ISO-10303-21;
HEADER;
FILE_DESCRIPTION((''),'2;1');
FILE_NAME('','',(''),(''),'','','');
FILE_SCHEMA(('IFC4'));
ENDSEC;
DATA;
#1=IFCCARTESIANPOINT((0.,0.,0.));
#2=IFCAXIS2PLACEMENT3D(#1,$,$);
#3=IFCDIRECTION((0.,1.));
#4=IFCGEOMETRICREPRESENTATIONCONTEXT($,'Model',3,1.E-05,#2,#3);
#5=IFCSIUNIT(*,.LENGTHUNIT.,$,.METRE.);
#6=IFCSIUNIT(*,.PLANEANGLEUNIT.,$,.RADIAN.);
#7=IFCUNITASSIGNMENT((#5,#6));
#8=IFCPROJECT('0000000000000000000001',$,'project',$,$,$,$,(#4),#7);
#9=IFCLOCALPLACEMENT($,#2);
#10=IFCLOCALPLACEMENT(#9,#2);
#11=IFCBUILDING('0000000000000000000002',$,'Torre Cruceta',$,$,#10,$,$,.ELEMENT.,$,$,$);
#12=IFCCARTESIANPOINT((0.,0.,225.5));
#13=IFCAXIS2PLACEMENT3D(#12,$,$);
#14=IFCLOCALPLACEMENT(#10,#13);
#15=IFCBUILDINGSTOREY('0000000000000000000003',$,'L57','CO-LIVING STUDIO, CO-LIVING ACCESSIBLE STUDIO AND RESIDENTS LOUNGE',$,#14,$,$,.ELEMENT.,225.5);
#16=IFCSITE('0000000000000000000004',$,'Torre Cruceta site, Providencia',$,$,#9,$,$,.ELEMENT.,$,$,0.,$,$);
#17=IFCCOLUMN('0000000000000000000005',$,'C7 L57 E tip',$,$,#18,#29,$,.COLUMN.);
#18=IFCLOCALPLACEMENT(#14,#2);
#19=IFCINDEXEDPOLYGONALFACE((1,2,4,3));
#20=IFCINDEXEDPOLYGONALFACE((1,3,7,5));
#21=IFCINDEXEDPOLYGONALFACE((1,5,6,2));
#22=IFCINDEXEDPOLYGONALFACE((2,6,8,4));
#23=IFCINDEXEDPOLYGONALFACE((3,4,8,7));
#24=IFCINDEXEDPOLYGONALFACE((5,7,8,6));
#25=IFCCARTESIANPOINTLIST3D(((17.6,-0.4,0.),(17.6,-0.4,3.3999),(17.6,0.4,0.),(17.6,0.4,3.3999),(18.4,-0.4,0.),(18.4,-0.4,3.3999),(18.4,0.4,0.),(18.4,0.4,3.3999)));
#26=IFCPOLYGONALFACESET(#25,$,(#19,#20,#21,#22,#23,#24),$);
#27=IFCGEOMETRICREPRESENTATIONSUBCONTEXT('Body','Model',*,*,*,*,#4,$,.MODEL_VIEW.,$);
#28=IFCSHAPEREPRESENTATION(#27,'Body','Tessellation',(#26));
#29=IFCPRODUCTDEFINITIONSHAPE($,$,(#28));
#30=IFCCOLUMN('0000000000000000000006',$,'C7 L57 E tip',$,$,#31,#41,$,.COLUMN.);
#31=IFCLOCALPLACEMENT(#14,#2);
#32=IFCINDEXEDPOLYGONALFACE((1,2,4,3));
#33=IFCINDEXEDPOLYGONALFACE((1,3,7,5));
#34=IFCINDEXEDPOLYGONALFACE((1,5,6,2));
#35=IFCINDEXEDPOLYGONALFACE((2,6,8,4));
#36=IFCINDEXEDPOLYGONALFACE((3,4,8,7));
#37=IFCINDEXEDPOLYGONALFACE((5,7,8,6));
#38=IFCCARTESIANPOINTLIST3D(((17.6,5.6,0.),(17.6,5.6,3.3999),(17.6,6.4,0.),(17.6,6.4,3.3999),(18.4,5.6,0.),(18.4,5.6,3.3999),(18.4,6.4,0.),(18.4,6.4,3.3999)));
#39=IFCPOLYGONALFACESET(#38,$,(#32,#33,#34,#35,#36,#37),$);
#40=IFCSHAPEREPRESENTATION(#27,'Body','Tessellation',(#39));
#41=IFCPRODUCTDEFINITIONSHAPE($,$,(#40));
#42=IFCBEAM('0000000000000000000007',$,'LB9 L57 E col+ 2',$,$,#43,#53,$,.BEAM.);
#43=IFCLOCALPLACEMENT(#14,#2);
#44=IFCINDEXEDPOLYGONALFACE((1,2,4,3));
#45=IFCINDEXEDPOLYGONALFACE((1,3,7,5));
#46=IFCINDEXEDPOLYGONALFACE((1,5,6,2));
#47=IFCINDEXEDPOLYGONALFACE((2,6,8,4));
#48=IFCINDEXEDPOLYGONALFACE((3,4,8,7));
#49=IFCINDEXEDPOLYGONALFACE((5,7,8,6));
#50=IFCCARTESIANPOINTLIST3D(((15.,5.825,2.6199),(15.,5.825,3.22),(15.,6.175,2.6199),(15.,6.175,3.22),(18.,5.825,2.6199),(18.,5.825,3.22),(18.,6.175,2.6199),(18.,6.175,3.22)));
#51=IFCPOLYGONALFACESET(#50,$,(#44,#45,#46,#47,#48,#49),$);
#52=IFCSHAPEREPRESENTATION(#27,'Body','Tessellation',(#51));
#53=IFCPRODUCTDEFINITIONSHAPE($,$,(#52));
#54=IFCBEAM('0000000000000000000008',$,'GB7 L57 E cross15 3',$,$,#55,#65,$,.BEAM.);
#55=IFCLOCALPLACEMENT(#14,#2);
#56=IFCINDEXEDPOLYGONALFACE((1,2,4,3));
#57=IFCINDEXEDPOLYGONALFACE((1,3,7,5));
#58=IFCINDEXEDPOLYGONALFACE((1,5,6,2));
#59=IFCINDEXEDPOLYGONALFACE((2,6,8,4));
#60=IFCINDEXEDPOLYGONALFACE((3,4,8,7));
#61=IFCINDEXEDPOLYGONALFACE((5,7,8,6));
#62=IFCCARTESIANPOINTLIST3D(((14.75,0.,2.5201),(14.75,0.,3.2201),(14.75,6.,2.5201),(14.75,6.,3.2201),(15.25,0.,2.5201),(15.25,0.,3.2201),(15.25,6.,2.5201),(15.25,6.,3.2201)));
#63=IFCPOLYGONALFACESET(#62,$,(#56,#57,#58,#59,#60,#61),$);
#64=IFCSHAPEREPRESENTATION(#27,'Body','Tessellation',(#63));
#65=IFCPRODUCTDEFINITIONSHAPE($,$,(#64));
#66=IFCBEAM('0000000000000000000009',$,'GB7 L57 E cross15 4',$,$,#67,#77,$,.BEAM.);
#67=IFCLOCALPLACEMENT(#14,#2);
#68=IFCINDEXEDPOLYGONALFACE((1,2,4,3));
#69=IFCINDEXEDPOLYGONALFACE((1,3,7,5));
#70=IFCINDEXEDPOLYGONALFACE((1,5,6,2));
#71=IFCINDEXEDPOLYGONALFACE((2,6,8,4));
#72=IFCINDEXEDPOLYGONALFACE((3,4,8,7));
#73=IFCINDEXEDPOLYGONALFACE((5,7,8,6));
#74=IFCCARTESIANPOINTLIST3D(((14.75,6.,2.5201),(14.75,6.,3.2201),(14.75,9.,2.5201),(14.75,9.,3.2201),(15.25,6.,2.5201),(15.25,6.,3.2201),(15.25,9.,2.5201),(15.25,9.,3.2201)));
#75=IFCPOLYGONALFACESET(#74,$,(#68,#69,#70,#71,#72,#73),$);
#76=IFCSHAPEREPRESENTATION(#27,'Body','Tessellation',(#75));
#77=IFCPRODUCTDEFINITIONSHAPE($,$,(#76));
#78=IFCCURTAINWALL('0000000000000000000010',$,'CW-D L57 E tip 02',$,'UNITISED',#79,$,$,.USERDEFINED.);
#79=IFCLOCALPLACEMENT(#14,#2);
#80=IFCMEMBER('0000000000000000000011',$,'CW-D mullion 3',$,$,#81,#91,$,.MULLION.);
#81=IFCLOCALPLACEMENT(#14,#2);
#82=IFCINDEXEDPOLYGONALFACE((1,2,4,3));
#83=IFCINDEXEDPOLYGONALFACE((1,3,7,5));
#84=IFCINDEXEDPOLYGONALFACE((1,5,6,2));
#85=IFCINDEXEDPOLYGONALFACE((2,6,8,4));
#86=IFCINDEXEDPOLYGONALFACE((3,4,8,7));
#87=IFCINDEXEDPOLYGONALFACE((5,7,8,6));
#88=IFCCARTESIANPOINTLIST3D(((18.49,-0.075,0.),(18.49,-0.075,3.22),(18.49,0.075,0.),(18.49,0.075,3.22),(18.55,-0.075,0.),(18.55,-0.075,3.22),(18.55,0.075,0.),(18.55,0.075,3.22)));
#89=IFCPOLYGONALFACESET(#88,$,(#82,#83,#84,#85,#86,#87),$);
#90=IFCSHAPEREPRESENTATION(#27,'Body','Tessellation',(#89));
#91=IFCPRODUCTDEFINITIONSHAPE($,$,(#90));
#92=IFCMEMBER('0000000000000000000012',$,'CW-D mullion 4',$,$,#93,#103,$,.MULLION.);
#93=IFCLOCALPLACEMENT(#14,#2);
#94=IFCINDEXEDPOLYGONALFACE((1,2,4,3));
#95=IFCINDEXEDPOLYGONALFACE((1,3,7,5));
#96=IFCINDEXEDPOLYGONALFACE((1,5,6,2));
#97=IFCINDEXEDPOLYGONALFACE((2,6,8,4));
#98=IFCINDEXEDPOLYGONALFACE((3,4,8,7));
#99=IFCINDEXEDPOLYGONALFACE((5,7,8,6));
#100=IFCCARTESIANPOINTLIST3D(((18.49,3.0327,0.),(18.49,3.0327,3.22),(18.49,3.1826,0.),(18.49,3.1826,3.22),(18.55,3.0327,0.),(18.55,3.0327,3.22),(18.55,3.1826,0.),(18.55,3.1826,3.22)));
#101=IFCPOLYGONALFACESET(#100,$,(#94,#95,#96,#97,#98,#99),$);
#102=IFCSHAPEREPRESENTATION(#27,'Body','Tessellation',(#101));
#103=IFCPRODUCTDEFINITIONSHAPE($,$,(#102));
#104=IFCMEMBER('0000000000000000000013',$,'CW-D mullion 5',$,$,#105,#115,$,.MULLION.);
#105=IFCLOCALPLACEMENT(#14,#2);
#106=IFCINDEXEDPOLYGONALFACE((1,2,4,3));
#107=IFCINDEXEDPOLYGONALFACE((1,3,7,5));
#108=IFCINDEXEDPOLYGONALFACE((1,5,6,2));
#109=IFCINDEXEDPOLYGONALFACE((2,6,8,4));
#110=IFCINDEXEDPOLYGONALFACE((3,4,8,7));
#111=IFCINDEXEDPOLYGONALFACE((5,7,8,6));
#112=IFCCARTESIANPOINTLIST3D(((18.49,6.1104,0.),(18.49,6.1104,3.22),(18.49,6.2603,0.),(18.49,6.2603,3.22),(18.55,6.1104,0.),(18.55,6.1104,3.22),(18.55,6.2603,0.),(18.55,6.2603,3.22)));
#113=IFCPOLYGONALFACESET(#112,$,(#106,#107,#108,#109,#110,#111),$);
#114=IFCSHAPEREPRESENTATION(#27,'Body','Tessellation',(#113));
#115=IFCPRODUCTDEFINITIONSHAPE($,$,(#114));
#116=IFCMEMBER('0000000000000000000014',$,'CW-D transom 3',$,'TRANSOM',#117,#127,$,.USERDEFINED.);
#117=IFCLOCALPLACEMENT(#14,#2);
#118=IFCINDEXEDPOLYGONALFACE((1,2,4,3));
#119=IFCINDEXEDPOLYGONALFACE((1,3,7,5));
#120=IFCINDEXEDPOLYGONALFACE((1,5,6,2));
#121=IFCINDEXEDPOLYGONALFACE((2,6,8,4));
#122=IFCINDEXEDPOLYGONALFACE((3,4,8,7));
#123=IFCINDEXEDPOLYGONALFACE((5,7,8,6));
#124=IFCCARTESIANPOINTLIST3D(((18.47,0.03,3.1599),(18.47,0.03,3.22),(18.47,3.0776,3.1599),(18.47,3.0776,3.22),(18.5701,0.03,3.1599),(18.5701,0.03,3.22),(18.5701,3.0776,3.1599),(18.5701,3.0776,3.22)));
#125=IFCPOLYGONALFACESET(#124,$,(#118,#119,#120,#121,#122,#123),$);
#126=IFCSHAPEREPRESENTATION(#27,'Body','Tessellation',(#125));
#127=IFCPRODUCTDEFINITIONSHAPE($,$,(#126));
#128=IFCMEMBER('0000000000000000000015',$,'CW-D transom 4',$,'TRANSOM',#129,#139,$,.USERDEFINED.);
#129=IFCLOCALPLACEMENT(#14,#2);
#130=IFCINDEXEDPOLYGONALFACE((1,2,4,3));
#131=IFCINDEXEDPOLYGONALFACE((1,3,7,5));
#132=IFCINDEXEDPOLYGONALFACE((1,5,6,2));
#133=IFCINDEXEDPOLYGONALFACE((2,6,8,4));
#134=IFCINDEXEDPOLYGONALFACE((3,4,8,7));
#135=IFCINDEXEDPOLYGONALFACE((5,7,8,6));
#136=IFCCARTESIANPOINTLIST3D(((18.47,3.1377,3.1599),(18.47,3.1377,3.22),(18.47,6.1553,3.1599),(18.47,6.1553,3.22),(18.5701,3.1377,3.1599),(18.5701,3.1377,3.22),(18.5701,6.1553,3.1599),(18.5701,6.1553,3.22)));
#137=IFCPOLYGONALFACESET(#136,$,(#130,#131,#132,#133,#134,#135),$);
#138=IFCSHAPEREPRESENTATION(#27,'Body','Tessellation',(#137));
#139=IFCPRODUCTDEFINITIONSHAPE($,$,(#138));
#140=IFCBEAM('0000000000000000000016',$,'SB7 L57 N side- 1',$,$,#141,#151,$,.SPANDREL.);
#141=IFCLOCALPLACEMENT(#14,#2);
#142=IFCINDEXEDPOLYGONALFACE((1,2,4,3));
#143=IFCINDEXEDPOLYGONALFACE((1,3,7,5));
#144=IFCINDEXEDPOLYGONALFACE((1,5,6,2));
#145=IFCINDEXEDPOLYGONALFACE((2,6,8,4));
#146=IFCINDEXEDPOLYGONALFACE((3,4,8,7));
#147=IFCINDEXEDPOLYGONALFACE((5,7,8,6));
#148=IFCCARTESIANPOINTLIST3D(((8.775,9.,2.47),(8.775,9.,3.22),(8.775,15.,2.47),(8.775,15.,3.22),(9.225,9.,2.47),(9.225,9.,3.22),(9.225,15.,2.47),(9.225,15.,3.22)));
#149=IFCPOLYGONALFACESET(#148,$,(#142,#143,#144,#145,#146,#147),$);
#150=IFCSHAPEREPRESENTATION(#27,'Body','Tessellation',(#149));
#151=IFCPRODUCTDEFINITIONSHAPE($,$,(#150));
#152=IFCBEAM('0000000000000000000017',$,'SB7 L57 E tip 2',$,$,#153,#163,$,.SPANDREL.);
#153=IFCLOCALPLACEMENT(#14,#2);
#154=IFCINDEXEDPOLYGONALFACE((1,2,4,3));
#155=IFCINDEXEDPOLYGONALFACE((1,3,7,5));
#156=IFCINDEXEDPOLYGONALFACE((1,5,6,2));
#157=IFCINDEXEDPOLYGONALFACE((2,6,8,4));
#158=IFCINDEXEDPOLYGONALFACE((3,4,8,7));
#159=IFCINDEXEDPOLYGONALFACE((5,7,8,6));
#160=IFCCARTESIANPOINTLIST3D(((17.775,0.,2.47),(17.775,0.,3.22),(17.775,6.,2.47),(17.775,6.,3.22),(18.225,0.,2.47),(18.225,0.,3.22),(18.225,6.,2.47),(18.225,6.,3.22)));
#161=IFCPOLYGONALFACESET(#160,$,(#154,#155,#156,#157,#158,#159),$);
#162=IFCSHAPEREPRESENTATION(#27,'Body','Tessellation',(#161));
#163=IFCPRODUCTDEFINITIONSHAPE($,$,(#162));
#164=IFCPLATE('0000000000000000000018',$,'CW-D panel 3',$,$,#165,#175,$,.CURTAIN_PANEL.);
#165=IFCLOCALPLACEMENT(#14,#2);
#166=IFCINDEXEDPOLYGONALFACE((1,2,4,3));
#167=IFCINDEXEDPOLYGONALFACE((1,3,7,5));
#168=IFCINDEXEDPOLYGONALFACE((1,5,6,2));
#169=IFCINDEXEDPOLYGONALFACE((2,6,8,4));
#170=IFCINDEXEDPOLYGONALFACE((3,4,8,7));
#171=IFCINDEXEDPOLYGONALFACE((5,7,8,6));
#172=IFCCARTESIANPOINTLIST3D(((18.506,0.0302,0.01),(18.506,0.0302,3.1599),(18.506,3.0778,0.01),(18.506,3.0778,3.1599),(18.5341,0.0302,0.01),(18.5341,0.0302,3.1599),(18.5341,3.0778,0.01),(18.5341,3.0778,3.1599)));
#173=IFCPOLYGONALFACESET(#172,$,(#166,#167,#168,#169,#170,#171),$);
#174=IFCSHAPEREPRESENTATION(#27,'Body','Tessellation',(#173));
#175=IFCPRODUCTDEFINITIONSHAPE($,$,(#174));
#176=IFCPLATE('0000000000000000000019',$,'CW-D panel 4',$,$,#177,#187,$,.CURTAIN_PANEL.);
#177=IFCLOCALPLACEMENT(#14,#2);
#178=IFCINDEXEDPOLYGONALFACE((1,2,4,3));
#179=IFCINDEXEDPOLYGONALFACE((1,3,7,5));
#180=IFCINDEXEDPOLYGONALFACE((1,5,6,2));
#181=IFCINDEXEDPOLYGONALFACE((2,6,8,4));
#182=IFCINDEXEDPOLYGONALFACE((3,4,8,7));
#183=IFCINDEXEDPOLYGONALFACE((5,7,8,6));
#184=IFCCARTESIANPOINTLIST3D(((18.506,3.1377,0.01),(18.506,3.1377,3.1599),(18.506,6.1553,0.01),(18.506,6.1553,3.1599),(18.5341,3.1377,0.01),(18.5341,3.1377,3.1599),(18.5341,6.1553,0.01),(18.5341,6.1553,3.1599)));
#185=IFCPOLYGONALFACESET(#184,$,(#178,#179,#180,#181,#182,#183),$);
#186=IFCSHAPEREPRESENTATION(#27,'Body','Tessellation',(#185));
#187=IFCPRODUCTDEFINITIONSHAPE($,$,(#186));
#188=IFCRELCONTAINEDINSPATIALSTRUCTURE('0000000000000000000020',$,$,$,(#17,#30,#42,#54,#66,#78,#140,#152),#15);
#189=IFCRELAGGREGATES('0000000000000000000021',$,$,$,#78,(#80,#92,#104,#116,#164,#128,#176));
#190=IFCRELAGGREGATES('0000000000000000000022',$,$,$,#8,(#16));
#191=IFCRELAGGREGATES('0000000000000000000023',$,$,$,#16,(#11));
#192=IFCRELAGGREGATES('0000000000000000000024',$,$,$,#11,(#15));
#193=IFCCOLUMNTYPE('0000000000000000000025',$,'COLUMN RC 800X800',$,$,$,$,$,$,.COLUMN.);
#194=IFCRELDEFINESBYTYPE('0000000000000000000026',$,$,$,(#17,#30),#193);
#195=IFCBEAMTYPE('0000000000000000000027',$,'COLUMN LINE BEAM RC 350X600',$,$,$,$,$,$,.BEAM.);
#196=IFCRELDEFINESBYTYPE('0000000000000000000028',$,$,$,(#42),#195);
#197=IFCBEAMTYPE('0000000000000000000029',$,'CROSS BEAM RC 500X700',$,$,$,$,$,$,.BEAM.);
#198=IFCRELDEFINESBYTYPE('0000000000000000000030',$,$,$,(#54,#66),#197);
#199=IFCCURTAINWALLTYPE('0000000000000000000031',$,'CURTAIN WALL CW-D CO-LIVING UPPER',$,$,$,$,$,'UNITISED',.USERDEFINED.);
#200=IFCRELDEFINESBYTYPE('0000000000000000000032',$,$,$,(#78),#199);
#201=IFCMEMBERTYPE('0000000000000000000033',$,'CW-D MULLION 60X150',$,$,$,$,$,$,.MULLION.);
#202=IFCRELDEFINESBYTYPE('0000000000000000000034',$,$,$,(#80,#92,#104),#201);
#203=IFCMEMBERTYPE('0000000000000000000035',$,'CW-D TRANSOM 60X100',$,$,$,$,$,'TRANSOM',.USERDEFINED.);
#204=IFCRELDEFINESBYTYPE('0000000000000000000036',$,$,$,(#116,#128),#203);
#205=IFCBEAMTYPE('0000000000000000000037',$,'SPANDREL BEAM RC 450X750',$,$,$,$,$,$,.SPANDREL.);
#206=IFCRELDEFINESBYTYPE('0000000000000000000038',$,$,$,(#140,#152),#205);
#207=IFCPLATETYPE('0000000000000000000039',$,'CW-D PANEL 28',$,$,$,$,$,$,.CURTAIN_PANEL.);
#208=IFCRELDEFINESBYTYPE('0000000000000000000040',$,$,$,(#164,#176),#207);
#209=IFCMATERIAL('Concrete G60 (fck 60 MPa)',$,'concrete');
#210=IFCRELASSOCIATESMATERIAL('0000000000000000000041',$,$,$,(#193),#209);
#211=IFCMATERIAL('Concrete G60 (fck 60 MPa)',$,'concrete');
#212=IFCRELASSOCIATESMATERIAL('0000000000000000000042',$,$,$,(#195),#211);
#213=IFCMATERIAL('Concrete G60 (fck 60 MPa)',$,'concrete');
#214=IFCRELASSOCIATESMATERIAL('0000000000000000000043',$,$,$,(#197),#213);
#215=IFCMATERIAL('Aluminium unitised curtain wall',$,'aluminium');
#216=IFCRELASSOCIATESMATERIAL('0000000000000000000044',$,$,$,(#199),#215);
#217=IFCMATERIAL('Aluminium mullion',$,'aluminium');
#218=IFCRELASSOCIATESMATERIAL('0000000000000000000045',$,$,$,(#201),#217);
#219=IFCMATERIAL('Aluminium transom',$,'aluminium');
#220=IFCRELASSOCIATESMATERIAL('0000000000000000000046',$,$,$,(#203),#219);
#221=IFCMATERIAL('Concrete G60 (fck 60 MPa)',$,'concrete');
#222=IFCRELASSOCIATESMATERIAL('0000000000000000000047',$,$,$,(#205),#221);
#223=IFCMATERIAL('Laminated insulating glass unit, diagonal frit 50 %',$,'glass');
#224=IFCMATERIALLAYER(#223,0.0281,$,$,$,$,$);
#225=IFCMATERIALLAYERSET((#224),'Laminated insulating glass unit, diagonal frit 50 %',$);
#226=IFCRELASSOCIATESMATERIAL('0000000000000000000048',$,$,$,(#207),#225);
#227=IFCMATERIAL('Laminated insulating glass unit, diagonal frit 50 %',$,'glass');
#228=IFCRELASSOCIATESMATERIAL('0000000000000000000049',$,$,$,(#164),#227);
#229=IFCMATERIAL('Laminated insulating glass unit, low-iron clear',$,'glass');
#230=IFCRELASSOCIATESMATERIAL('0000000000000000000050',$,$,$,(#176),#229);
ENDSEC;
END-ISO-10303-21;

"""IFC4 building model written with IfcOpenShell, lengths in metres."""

from ifc_helpers import new_model, si_unit, direction, frame, origin, origin_2d, place, context, subcontext, project, spatial, rectangle, extrude, material, layer, layer_set, material_profile, profile_set, type_object, element, aggregate, save


model = new_model("IFC4")

# Units and contexts
model_context = context("Model", 3, precision=1e-05, world=origin(), true_north=direction((0.0, 1.0)))
body_context = subcontext(model_context, "Body", "Model", "MODEL_VIEW")
ifc_project = project(units=[si_unit("LENGTHUNIT", "METRE"), si_unit("PLANEANGLEUNIT", "RADIAN")], contexts=[model_context])

# Site, building, storey
site_placement = place(None, origin())
site = spatial("IfcSite", under=ifc_project, at=site_placement, Name="Torre Cruceta site, Providencia", CompositionType="ELEMENT", RefElevation=0.0)
building_placement = place(site_placement, origin())
building = spatial("IfcBuilding", under=site, at=building_placement, Name="Torre Cruceta", CompositionType="ELEMENT")
storey_placement = place(building_placement, frame((0.0, 0.0, 225.5)))
storey = spatial("IfcBuildingStorey", under=building, at=storey_placement, Name="L57", Description="CO-LIVING STUDIO, CO-LIVING ACCESSIBLE STUDIO AND RESIDENTS LOUNGE", CompositionType="ELEMENT", Elevation=225.5)

# Columns
ifc_material_1 = material(Name="Concrete G60 (fck 60 MPa)", Category="concrete")
ifc_material_profile_1 = material_profile(ifc_material_1, rectangle(XDim=0.8, YDim=0.8, at=origin_2d()), Name="RC 800X800")
ifc_profile_set_1 = profile_set([ifc_material_profile_1], Name="Concrete G60 (fck 60 MPa)")
column_type = type_object("IfcColumnType", Name="COLUMN RC 800X800", PredefinedType="COLUMN", material=ifc_profile_set_1)
for number, where, z_axis, x_axis, name in (
    (1, (18.0, 0.0, 0.0), (0.0, 0.0, 1.0), (1.0, 0.0, 0.0), "C7 L57 E tip"),
    (2, (18.0, 6.0, 0.0), (0.0, 0.0, 1.0), (1.0, 0.0, 0.0), "C7 L57 E tip"),
):
    element("IfcColumn", number, at=place(storey_placement, frame(where, z_axis=z_axis, x_axis=x_axis)), inside=storey, type_object=column_type, Name=name, PredefinedType="COLUMN", context=body_context, shape_type="SweptSolid", body=[
        extrude(rectangle(XDim=0.8, YDim=0.8, at=origin_2d()), origin(), (0.0, 0.0, 1.0), 3.3999),
    ])

# Beams
ifc_material_2 = material(Name="Concrete G60 (fck 60 MPa)", Category="concrete")
ifc_material_profile_2 = material_profile(ifc_material_2, rectangle(XDim=0.3501, YDim=0.6001, at=origin_2d()), Name="RC 350X600")
ifc_profile_set_2 = profile_set([ifc_material_profile_2], Name="Concrete G60 (fck 60 MPa)")
beam_type_1 = type_object("IfcBeamType", Name="COLUMN LINE BEAM RC 350X600", PredefinedType="BEAM", material=ifc_profile_set_2)
beam_1_placement = place(storey_placement, frame((15.0, 6.0, 2.9199), z_axis=(1.0, 0.0, 0.0), x_axis=(0.0, 1.0, 0.0)))
element("IfcBeam", 3, at=beam_1_placement, inside=storey, type_object=beam_type_1, Name="LB9 L57 E col+ 2", PredefinedType="BEAM", context=body_context, shape_type="SweptSolid", body=[
    extrude(rectangle(XDim=0.3501, YDim=0.6001, at=origin_2d()), origin(), (0.0, 0.0, 1.0), 3.0),
])
ifc_material_3 = material(Name="Concrete G60 (fck 60 MPa)", Category="concrete")
ifc_material_profile_3 = material_profile(ifc_material_3, rectangle(XDim=0.5, YDim=0.7, at=origin_2d()), Name="RC 500X700")
ifc_profile_set_3 = profile_set([ifc_material_profile_3], Name="Concrete G60 (fck 60 MPa)")
beam_type_2 = type_object("IfcBeamType", Name="CROSS BEAM RC 500X700", PredefinedType="BEAM", material=ifc_profile_set_3)
beam_2_placement = place(storey_placement, frame((15.0, 0.0, 2.8701), z_axis=(0.0, 1.0, 0.0), x_axis=(-1.0, 0.0, 0.0)))
element("IfcBeam", 4, at=beam_2_placement, inside=storey, type_object=beam_type_2, Name="GB7 L57 E cross15 3", PredefinedType="BEAM", context=body_context, shape_type="SweptSolid", body=[
    extrude(rectangle(XDim=0.5, YDim=0.7, at=origin_2d()), origin(), (0.0, 0.0, 1.0), 6.0),
])
beam_3_placement = place(storey_placement, frame((15.0, 6.0, 2.8701), z_axis=(0.0, 1.0, 0.0), x_axis=(-1.0, 0.0, 0.0)))
element("IfcBeam", 5, at=beam_3_placement, inside=storey, type_object=beam_type_2, Name="GB7 L57 E cross15 4", PredefinedType="BEAM", context=body_context, shape_type="SweptSolid", body=[
    extrude(rectangle(XDim=0.5, YDim=0.7, at=origin_2d()), origin(), (0.0, 0.0, 1.0), 3.0),
])

# Curtain wall, members
ifc_material_4 = material(Name="Aluminium unitised curtain wall", Category="aluminium")
curtain_wall_type = type_object("IfcCurtainWallType", Name="CURTAIN WALL CW-D CO-LIVING UPPER", ElementType="UNITISED", PredefinedType="USERDEFINED", material=ifc_material_4)
curtain_wall_placement = place(storey_placement, origin())
curtain_wall = element("IfcCurtainWall", 6, at=curtain_wall_placement, inside=storey, type_object=curtain_wall_type, Name="CW-D L57 E tip 02", ObjectType="UNITISED", PredefinedType="USERDEFINED")
ifc_material_5 = material(Name="Aluminium mullion", Category="aluminium")
ifc_material_profile_4 = material_profile(ifc_material_5, rectangle(XDim=0.0601, YDim=0.1499, at=origin_2d()), Name="AL 60X150")
ifc_profile_set_4 = profile_set([ifc_material_profile_4], Name="Aluminium mullion")
member_type_1 = type_object("IfcMemberType", Name="CW-D MULLION 60X150", PredefinedType="MULLION", material=ifc_profile_set_4)
member_1_placement = place(storey_placement, frame((18.52, 0.0, 0.0), z_axis=(0.0, 0.0, 1.0), x_axis=(-1.0, 0.0, 0.0)))
member_1 = element("IfcMember", 7, at=member_1_placement, type_object=member_type_1, Name="CW-D mullion 3", PredefinedType="MULLION", context=body_context, shape_type="SweptSolid", body=[
    extrude(rectangle(XDim=0.0601, YDim=0.1499, at=origin_2d()), origin(), (0.0, 0.0, 1.0), 3.22),
])
member_2_placement = place(storey_placement, frame((18.52, 3.1077, 0.0), z_axis=(0.0, 0.0, 1.0), x_axis=(-1.0, 0.0, 0.0)))
member_2 = element("IfcMember", 8, at=member_2_placement, type_object=member_type_1, Name="CW-D mullion 4", PredefinedType="MULLION", context=body_context, shape_type="SweptSolid", body=[
    extrude(rectangle(XDim=0.0601, YDim=0.1499, at=origin_2d()), origin(), (0.0, 0.0, 1.0), 3.22),
])
member_3_placement = place(storey_placement, frame((18.52, 6.1853, 0.0), z_axis=(0.0, 0.0, 1.0), x_axis=(-1.0, 0.0, 0.0)))
member_3 = element("IfcMember", 9, at=member_3_placement, type_object=member_type_1, Name="CW-D mullion 5", PredefinedType="MULLION", context=body_context, shape_type="SweptSolid", body=[
    extrude(rectangle(XDim=0.0601, YDim=0.1499, at=origin_2d()), origin(), (0.0, 0.0, 1.0), 3.22),
])
ifc_material_6 = material(Name="Aluminium transom", Category="aluminium")
ifc_material_profile_5 = material_profile(ifc_material_6, rectangle(XDim=0.1001, YDim=0.0601, at=origin_2d()), Name="AL 100X60")
ifc_profile_set_5 = profile_set([ifc_material_profile_5], Name="Aluminium transom")
member_type_2 = type_object("IfcMemberType", Name="CW-D TRANSOM 60X100", ElementType="TRANSOM", PredefinedType="USERDEFINED", material=ifc_profile_set_5)
member_4_placement = place(storey_placement, frame((18.52, 0.03, 3.1899), z_axis=(0.0, 1.0, 0.0), x_axis=(-1.0, 0.0, 0.0)))
member_4 = element("IfcMember", 10, at=member_4_placement, type_object=member_type_2, Name="CW-D transom 3", ObjectType="TRANSOM", PredefinedType="USERDEFINED", context=body_context, shape_type="SweptSolid", body=[
    extrude(rectangle(XDim=0.1001, YDim=0.0601, at=origin_2d()), origin(), (0.0, 0.0, 1.0), 3.0476),
])
member_5_placement = place(storey_placement, frame((18.52, 3.1377, 3.1899), z_axis=(0.0, 1.0, 0.0), x_axis=(-1.0, 0.0, 0.0)))
member_5 = element("IfcMember", 11, at=member_5_placement, type_object=member_type_2, Name="CW-D transom 4", ObjectType="TRANSOM", PredefinedType="USERDEFINED", context=body_context, shape_type="SweptSolid", body=[
    extrude(rectangle(XDim=0.1001, YDim=0.0601, at=origin_2d()), origin(), (0.0, 0.0, 1.0), 3.0176),
])

# Beams
ifc_material_7 = material(Name="Concrete G60 (fck 60 MPa)", Category="concrete")
ifc_material_profile_6 = material_profile(ifc_material_7, rectangle(XDim=0.45, YDim=0.75, at=origin_2d()), Name="RC 450X750")
ifc_profile_set_6 = profile_set([ifc_material_profile_6], Name="Concrete G60 (fck 60 MPa)")
beam_type_3 = type_object("IfcBeamType", Name="SPANDREL BEAM RC 450X750", PredefinedType="SPANDREL", material=ifc_profile_set_6)
for number, where, z_axis, x_axis, name in (
    (12, (9.0, 9.0, 2.845), (0.0, 1.0, 0.0), (-1.0, 0.0, 0.0), "SB7 L57 N side- 1"),
    (13, (18.0, 0.0, 2.845), (0.0, 1.0, 0.0), (-1.0, 0.0, 0.0), "SB7 L57 E tip 2"),
):
    element("IfcBeam", number, at=place(storey_placement, frame(where, z_axis=z_axis, x_axis=x_axis)), inside=storey, type_object=beam_type_3, Name=name, PredefinedType="SPANDREL", context=body_context, shape_type="SweptSolid", body=[
        extrude(rectangle(XDim=0.45, YDim=0.75, at=origin_2d()), origin(), (0.0, 0.0, 1.0), 6.0),
    ])

# Plates
ifc_material_8 = material(Name="Laminated insulating glass unit, diagonal frit 50 %", Category="glass")
ifc_material_9 = material(Name="Laminated insulating glass unit, diagonal frit 50 %", Category="glass")
ifc_layer_1 = layer(ifc_material_9, 0.0281)
ifc_layer_set_1 = layer_set([ifc_layer_1], Name="Laminated insulating glass unit, diagonal frit 50 %")
plate_type = type_object("IfcPlateType", Name="CW-D PANEL 28", PredefinedType="CURTAIN_PANEL", material=ifc_layer_set_1)
plate_1_placement = place(storey_placement, frame((18.52, 1.554, 0.01), z_axis=(0.0, 0.0, 1.0), x_axis=(0.0, 1.0, 0.0)))
plate_1 = element("IfcPlate", 14, at=plate_1_placement, type_object=plate_type, material=ifc_material_8, Name="CW-D panel 3", PredefinedType="CURTAIN_PANEL", context=body_context, shape_type="SweptSolid", body=[
    extrude(rectangle(XDim=3.0476, YDim=0.0281, at=origin_2d()), origin(), (0.0, 0.0, 1.0), 3.1499),
])
ifc_material_10 = material(Name="Laminated insulating glass unit, low-iron clear", Category="glass")
plate_2_placement = place(storey_placement, frame((18.52, 4.6465, 0.01), z_axis=(0.0, 0.0, 1.0), x_axis=(0.0, 1.0, 0.0)))
plate_2 = element("IfcPlate", 15, at=plate_2_placement, type_object=plate_type, material=ifc_material_10, Name="CW-D panel 4", PredefinedType="CURTAIN_PANEL", context=body_context, shape_type="SweptSolid", body=[
    extrude(rectangle(XDim=3.0176, YDim=0.0281, at=origin_2d()), origin(), (0.0, 0.0, 1.0), 3.1499),
])
aggregate(curtain_wall, [member_1, member_2, member_3, member_4, plate_1, member_5, plate_2])

save(model, "model.ifc")
